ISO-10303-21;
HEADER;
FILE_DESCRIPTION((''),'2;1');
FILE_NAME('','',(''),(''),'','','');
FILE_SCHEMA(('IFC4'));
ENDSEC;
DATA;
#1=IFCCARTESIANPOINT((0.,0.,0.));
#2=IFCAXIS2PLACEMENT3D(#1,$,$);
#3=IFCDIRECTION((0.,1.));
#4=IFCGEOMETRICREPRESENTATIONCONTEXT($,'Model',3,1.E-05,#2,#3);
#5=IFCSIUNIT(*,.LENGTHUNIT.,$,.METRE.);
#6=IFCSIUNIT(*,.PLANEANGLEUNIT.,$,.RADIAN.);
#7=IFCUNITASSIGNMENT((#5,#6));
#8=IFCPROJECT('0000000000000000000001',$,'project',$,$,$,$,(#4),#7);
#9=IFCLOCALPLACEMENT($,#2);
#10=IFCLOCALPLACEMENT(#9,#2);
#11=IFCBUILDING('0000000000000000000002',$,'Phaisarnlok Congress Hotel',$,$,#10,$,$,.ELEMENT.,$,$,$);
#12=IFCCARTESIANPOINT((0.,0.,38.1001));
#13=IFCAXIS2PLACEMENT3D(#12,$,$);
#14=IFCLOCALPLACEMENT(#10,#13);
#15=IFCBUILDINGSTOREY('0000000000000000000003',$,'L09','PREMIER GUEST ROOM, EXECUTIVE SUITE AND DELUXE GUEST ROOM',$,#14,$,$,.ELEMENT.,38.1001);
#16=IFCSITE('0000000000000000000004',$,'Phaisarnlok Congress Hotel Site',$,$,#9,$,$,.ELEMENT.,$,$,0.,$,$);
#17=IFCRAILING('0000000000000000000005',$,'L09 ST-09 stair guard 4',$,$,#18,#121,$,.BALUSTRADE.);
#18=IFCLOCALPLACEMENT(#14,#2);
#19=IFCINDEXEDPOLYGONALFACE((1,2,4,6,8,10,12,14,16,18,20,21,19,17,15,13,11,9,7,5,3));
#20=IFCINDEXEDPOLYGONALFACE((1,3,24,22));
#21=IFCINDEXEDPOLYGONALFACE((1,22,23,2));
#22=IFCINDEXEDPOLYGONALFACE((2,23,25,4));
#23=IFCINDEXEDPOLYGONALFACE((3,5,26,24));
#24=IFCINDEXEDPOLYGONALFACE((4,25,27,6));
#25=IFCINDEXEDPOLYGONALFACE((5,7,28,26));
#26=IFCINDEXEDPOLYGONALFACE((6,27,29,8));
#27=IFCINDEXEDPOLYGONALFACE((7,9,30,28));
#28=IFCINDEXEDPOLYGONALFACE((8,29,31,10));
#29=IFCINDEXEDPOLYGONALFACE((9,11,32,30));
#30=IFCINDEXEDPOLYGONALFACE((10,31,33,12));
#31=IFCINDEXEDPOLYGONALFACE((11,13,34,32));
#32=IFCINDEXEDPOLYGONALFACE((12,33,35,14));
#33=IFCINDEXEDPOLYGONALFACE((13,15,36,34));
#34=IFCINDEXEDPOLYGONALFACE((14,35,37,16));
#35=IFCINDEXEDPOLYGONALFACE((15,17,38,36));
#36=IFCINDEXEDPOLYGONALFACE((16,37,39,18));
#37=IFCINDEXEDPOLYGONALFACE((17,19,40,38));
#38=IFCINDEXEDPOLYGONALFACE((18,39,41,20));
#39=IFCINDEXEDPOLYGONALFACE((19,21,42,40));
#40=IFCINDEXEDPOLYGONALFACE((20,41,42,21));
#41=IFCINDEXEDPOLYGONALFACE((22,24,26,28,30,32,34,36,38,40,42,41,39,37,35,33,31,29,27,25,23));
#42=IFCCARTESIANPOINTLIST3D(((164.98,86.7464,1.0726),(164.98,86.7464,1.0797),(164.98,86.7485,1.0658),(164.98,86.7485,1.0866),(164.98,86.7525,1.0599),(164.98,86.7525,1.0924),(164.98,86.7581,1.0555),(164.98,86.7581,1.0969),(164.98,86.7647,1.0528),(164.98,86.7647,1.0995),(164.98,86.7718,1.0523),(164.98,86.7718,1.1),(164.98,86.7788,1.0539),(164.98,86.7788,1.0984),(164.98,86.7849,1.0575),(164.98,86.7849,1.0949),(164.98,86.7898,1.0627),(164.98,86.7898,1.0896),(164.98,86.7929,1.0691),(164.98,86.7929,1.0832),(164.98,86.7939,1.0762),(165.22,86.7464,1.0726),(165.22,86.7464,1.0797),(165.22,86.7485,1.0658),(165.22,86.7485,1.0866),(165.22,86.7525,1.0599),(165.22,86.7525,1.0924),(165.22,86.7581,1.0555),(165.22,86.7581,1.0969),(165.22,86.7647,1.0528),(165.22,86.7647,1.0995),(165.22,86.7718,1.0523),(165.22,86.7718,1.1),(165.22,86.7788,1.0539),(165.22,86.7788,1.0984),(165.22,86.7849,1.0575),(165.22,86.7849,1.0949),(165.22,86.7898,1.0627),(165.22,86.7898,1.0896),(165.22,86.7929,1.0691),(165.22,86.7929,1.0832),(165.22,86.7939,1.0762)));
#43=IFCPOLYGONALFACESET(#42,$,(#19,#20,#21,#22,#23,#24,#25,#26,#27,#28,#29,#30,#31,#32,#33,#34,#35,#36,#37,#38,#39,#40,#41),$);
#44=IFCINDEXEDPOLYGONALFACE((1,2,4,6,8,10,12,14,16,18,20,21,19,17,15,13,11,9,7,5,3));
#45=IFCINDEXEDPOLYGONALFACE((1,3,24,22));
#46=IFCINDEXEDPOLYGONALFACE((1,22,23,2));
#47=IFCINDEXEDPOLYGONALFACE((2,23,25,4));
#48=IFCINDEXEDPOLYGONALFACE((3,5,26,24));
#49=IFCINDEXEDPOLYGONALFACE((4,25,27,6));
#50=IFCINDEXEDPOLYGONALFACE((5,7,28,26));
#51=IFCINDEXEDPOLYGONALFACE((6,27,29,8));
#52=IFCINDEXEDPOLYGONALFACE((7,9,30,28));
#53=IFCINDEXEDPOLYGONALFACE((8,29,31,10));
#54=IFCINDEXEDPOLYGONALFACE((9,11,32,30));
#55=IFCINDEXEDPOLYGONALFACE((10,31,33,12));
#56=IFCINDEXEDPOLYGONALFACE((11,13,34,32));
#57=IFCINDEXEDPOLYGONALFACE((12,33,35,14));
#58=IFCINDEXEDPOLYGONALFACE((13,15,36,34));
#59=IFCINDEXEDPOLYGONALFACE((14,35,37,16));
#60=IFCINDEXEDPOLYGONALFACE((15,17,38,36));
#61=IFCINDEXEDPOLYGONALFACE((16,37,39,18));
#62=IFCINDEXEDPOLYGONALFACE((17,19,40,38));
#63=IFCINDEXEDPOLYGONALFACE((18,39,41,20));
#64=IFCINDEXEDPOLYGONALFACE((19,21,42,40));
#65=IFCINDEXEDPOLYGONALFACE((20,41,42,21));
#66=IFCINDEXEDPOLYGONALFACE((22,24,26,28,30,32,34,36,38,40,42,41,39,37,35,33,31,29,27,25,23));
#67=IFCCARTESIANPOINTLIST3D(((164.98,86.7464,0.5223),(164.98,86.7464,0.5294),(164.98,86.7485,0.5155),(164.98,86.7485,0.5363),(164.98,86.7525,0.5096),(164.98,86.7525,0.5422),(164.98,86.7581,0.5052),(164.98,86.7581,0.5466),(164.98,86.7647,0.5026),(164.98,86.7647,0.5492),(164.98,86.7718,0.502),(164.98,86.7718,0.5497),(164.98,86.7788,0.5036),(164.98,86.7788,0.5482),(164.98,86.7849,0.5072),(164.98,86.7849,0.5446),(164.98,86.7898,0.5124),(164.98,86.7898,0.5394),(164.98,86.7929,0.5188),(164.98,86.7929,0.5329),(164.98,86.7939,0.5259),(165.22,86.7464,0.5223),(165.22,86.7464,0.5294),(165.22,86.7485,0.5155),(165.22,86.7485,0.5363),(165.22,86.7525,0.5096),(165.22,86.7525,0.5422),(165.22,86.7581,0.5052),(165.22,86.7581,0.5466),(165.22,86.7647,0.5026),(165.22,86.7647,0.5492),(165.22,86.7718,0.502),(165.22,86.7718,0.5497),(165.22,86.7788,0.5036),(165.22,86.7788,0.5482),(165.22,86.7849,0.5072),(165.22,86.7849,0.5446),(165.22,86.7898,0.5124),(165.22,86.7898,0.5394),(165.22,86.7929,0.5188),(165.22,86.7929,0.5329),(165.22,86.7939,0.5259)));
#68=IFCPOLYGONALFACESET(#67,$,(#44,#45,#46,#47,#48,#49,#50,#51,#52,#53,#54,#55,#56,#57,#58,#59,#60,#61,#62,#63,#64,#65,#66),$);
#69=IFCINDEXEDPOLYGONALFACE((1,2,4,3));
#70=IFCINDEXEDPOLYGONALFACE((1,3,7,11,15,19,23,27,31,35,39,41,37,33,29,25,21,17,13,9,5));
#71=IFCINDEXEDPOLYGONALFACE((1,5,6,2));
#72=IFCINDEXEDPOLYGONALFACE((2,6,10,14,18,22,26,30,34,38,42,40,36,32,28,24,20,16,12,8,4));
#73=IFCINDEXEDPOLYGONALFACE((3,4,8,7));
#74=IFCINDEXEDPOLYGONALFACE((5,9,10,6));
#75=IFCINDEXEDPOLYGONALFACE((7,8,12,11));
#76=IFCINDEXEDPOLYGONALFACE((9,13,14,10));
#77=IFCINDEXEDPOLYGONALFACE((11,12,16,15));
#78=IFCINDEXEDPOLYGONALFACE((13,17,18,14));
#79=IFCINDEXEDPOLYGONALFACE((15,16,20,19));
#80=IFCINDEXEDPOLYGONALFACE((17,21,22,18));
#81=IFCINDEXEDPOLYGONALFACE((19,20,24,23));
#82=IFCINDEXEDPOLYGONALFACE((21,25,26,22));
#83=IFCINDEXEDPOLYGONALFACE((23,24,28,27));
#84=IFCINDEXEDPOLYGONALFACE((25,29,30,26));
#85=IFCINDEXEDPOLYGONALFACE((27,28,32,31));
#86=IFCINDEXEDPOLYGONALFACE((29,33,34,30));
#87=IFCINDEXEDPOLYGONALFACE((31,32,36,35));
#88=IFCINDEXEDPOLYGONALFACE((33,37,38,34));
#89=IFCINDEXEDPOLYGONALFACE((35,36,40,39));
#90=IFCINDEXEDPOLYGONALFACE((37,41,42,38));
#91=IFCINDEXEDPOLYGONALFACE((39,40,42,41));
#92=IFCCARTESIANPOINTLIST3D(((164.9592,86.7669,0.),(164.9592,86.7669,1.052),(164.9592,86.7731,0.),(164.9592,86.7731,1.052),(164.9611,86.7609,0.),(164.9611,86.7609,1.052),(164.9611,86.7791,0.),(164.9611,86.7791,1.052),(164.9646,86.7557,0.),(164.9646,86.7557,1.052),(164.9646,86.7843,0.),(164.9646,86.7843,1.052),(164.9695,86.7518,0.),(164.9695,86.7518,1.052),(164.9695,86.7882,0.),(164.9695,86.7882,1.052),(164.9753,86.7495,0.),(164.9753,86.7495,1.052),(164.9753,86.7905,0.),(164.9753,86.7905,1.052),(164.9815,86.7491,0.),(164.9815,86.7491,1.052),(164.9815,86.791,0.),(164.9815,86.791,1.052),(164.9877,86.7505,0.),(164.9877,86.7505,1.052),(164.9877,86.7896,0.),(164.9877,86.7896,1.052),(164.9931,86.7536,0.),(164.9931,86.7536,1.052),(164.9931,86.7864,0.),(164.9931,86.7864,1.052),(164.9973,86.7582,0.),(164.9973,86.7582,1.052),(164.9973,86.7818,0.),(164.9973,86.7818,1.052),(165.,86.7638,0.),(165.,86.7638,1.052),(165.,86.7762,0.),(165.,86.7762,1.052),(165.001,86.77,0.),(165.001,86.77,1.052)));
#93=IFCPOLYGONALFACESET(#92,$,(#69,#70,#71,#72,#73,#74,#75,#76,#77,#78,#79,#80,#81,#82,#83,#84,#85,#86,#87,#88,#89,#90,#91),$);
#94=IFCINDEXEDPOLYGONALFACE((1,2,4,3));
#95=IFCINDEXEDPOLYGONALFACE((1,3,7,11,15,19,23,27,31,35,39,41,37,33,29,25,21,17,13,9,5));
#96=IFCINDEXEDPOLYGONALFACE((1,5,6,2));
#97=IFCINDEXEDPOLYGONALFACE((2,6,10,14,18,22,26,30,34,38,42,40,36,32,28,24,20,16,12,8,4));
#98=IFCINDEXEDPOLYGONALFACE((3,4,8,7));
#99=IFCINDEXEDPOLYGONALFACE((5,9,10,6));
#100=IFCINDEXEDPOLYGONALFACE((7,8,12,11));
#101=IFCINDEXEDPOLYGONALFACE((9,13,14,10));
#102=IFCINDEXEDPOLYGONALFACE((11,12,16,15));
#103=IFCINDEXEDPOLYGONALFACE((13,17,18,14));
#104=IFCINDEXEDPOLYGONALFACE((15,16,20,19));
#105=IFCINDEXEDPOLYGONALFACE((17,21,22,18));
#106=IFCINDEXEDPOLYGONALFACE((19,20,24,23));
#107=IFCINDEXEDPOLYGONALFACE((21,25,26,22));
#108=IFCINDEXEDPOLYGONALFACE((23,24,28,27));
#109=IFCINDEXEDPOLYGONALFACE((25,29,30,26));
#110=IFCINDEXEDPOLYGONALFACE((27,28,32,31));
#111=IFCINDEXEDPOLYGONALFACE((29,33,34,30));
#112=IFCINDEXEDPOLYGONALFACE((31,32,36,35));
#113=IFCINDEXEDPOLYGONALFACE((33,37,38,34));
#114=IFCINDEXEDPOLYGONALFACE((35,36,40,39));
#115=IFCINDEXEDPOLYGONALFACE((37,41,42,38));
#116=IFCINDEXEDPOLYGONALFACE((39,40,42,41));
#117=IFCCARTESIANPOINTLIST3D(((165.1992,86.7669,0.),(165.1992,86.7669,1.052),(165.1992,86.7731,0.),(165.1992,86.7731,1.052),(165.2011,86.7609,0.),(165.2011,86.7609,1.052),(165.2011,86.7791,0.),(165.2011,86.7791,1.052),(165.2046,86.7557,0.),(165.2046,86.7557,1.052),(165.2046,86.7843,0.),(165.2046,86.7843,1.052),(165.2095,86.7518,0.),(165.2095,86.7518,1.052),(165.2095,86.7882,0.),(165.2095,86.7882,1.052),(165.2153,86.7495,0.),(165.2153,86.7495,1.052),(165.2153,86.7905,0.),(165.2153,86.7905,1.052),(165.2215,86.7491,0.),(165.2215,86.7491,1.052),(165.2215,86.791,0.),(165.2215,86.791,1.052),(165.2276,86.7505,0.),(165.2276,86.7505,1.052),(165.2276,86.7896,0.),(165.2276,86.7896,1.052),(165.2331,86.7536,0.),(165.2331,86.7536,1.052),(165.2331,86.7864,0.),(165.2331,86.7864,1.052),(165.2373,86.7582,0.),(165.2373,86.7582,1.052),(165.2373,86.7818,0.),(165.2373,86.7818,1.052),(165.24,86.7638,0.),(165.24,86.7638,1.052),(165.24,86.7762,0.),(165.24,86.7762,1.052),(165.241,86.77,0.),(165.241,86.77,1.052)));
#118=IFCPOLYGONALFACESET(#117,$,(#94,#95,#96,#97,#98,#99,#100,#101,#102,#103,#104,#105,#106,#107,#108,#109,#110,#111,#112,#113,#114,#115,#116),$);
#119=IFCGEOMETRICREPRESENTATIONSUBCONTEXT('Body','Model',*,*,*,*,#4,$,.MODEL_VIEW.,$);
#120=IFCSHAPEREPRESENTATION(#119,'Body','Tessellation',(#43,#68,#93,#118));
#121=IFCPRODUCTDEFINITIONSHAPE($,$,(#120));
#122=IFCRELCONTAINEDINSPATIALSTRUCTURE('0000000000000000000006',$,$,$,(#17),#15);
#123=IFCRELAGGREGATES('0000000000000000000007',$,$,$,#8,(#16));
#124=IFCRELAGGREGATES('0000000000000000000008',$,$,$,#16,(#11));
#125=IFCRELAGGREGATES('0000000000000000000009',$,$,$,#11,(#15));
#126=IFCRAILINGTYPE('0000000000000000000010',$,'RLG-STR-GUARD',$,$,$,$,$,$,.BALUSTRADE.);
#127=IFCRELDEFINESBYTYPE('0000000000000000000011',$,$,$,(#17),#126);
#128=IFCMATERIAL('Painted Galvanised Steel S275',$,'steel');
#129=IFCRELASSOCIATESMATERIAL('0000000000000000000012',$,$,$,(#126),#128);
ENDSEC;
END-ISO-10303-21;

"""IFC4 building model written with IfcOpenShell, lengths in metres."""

from ifc_helpers import new_model, si_unit, direction, frame, origin, origin_2d, place, context, subcontext, project, spatial, circle, extrude, material, type_object, element, save


model = new_model("IFC4")

# Units and contexts
model_context = context("Model", 3, precision=1e-05, world=origin(), true_north=direction((0.0, 1.0)))
body_context = subcontext(model_context, "Body", "Model", "MODEL_VIEW")
ifc_project = project(units=[si_unit("LENGTHUNIT", "METRE"), si_unit("PLANEANGLEUNIT", "RADIAN")], contexts=[model_context])

# Site, building, storey
site_placement = place(None, origin())
site = spatial("IfcSite", under=ifc_project, at=site_placement, Name="Phaisarnlok Congress Hotel Site", CompositionType="ELEMENT", RefElevation=0.0)
building_placement = place(site_placement, origin())
building = spatial("IfcBuilding", under=site, at=building_placement, Name="Phaisarnlok Congress Hotel", CompositionType="ELEMENT")
storey_placement = place(building_placement, frame((0.0, 0.0, 38.1001)))
storey = spatial("IfcBuildingStorey", under=building, at=storey_placement, Name="L09", Description="PREMIER GUEST ROOM, EXECUTIVE SUITE AND DELUXE GUEST ROOM", CompositionType="ELEMENT", Elevation=38.1001)

# Railing
ifc_material_1 = material(Name="Painted Galvanised Steel S275", Category="steel")
railing_type_1 = type_object("IfcRailingType", Name="RLG-STR-GUARD", PredefinedType="BALUSTRADE", material=ifc_material_1)
railing_1_placement = place(storey_placement, frame((164.98, 86.77, 0.0)))
element("IfcRailing", 1, at=railing_1_placement, inside=storey, type_object=railing_type_1, Name="L09 ST-09 stair guard 4", PredefinedType="BALUSTRADE", context=body_context, shape_type="SweptSolid", body=[
    extrude(circle(Radius=0.0239, at=origin_2d()), frame((0.0, 0.0, 1.0762), z_axis=(1.0, 0.0, 0.0), x_axis=(0.0, 1.0, 0.0)), (0.0, 0.0, 1.0), 0.24),
    extrude(circle(Radius=0.0239, at=origin_2d()), frame((0.0, 0.0, 0.5259), z_axis=(1.0, 0.0, 0.0), x_axis=(0.0, 1.0, 0.0)), (0.0, 0.0, 1.0), 0.24),
    extrude(circle(Radius=0.021, at=origin_2d()), origin(), (0.0, 0.0, 1.0), 1.052),
    extrude(circle(Radius=0.021, at=origin_2d()), frame((0.24, 0.0, 0.0)), (0.0, 0.0, 1.0), 1.052),
])

save(model, "model.ifc")
